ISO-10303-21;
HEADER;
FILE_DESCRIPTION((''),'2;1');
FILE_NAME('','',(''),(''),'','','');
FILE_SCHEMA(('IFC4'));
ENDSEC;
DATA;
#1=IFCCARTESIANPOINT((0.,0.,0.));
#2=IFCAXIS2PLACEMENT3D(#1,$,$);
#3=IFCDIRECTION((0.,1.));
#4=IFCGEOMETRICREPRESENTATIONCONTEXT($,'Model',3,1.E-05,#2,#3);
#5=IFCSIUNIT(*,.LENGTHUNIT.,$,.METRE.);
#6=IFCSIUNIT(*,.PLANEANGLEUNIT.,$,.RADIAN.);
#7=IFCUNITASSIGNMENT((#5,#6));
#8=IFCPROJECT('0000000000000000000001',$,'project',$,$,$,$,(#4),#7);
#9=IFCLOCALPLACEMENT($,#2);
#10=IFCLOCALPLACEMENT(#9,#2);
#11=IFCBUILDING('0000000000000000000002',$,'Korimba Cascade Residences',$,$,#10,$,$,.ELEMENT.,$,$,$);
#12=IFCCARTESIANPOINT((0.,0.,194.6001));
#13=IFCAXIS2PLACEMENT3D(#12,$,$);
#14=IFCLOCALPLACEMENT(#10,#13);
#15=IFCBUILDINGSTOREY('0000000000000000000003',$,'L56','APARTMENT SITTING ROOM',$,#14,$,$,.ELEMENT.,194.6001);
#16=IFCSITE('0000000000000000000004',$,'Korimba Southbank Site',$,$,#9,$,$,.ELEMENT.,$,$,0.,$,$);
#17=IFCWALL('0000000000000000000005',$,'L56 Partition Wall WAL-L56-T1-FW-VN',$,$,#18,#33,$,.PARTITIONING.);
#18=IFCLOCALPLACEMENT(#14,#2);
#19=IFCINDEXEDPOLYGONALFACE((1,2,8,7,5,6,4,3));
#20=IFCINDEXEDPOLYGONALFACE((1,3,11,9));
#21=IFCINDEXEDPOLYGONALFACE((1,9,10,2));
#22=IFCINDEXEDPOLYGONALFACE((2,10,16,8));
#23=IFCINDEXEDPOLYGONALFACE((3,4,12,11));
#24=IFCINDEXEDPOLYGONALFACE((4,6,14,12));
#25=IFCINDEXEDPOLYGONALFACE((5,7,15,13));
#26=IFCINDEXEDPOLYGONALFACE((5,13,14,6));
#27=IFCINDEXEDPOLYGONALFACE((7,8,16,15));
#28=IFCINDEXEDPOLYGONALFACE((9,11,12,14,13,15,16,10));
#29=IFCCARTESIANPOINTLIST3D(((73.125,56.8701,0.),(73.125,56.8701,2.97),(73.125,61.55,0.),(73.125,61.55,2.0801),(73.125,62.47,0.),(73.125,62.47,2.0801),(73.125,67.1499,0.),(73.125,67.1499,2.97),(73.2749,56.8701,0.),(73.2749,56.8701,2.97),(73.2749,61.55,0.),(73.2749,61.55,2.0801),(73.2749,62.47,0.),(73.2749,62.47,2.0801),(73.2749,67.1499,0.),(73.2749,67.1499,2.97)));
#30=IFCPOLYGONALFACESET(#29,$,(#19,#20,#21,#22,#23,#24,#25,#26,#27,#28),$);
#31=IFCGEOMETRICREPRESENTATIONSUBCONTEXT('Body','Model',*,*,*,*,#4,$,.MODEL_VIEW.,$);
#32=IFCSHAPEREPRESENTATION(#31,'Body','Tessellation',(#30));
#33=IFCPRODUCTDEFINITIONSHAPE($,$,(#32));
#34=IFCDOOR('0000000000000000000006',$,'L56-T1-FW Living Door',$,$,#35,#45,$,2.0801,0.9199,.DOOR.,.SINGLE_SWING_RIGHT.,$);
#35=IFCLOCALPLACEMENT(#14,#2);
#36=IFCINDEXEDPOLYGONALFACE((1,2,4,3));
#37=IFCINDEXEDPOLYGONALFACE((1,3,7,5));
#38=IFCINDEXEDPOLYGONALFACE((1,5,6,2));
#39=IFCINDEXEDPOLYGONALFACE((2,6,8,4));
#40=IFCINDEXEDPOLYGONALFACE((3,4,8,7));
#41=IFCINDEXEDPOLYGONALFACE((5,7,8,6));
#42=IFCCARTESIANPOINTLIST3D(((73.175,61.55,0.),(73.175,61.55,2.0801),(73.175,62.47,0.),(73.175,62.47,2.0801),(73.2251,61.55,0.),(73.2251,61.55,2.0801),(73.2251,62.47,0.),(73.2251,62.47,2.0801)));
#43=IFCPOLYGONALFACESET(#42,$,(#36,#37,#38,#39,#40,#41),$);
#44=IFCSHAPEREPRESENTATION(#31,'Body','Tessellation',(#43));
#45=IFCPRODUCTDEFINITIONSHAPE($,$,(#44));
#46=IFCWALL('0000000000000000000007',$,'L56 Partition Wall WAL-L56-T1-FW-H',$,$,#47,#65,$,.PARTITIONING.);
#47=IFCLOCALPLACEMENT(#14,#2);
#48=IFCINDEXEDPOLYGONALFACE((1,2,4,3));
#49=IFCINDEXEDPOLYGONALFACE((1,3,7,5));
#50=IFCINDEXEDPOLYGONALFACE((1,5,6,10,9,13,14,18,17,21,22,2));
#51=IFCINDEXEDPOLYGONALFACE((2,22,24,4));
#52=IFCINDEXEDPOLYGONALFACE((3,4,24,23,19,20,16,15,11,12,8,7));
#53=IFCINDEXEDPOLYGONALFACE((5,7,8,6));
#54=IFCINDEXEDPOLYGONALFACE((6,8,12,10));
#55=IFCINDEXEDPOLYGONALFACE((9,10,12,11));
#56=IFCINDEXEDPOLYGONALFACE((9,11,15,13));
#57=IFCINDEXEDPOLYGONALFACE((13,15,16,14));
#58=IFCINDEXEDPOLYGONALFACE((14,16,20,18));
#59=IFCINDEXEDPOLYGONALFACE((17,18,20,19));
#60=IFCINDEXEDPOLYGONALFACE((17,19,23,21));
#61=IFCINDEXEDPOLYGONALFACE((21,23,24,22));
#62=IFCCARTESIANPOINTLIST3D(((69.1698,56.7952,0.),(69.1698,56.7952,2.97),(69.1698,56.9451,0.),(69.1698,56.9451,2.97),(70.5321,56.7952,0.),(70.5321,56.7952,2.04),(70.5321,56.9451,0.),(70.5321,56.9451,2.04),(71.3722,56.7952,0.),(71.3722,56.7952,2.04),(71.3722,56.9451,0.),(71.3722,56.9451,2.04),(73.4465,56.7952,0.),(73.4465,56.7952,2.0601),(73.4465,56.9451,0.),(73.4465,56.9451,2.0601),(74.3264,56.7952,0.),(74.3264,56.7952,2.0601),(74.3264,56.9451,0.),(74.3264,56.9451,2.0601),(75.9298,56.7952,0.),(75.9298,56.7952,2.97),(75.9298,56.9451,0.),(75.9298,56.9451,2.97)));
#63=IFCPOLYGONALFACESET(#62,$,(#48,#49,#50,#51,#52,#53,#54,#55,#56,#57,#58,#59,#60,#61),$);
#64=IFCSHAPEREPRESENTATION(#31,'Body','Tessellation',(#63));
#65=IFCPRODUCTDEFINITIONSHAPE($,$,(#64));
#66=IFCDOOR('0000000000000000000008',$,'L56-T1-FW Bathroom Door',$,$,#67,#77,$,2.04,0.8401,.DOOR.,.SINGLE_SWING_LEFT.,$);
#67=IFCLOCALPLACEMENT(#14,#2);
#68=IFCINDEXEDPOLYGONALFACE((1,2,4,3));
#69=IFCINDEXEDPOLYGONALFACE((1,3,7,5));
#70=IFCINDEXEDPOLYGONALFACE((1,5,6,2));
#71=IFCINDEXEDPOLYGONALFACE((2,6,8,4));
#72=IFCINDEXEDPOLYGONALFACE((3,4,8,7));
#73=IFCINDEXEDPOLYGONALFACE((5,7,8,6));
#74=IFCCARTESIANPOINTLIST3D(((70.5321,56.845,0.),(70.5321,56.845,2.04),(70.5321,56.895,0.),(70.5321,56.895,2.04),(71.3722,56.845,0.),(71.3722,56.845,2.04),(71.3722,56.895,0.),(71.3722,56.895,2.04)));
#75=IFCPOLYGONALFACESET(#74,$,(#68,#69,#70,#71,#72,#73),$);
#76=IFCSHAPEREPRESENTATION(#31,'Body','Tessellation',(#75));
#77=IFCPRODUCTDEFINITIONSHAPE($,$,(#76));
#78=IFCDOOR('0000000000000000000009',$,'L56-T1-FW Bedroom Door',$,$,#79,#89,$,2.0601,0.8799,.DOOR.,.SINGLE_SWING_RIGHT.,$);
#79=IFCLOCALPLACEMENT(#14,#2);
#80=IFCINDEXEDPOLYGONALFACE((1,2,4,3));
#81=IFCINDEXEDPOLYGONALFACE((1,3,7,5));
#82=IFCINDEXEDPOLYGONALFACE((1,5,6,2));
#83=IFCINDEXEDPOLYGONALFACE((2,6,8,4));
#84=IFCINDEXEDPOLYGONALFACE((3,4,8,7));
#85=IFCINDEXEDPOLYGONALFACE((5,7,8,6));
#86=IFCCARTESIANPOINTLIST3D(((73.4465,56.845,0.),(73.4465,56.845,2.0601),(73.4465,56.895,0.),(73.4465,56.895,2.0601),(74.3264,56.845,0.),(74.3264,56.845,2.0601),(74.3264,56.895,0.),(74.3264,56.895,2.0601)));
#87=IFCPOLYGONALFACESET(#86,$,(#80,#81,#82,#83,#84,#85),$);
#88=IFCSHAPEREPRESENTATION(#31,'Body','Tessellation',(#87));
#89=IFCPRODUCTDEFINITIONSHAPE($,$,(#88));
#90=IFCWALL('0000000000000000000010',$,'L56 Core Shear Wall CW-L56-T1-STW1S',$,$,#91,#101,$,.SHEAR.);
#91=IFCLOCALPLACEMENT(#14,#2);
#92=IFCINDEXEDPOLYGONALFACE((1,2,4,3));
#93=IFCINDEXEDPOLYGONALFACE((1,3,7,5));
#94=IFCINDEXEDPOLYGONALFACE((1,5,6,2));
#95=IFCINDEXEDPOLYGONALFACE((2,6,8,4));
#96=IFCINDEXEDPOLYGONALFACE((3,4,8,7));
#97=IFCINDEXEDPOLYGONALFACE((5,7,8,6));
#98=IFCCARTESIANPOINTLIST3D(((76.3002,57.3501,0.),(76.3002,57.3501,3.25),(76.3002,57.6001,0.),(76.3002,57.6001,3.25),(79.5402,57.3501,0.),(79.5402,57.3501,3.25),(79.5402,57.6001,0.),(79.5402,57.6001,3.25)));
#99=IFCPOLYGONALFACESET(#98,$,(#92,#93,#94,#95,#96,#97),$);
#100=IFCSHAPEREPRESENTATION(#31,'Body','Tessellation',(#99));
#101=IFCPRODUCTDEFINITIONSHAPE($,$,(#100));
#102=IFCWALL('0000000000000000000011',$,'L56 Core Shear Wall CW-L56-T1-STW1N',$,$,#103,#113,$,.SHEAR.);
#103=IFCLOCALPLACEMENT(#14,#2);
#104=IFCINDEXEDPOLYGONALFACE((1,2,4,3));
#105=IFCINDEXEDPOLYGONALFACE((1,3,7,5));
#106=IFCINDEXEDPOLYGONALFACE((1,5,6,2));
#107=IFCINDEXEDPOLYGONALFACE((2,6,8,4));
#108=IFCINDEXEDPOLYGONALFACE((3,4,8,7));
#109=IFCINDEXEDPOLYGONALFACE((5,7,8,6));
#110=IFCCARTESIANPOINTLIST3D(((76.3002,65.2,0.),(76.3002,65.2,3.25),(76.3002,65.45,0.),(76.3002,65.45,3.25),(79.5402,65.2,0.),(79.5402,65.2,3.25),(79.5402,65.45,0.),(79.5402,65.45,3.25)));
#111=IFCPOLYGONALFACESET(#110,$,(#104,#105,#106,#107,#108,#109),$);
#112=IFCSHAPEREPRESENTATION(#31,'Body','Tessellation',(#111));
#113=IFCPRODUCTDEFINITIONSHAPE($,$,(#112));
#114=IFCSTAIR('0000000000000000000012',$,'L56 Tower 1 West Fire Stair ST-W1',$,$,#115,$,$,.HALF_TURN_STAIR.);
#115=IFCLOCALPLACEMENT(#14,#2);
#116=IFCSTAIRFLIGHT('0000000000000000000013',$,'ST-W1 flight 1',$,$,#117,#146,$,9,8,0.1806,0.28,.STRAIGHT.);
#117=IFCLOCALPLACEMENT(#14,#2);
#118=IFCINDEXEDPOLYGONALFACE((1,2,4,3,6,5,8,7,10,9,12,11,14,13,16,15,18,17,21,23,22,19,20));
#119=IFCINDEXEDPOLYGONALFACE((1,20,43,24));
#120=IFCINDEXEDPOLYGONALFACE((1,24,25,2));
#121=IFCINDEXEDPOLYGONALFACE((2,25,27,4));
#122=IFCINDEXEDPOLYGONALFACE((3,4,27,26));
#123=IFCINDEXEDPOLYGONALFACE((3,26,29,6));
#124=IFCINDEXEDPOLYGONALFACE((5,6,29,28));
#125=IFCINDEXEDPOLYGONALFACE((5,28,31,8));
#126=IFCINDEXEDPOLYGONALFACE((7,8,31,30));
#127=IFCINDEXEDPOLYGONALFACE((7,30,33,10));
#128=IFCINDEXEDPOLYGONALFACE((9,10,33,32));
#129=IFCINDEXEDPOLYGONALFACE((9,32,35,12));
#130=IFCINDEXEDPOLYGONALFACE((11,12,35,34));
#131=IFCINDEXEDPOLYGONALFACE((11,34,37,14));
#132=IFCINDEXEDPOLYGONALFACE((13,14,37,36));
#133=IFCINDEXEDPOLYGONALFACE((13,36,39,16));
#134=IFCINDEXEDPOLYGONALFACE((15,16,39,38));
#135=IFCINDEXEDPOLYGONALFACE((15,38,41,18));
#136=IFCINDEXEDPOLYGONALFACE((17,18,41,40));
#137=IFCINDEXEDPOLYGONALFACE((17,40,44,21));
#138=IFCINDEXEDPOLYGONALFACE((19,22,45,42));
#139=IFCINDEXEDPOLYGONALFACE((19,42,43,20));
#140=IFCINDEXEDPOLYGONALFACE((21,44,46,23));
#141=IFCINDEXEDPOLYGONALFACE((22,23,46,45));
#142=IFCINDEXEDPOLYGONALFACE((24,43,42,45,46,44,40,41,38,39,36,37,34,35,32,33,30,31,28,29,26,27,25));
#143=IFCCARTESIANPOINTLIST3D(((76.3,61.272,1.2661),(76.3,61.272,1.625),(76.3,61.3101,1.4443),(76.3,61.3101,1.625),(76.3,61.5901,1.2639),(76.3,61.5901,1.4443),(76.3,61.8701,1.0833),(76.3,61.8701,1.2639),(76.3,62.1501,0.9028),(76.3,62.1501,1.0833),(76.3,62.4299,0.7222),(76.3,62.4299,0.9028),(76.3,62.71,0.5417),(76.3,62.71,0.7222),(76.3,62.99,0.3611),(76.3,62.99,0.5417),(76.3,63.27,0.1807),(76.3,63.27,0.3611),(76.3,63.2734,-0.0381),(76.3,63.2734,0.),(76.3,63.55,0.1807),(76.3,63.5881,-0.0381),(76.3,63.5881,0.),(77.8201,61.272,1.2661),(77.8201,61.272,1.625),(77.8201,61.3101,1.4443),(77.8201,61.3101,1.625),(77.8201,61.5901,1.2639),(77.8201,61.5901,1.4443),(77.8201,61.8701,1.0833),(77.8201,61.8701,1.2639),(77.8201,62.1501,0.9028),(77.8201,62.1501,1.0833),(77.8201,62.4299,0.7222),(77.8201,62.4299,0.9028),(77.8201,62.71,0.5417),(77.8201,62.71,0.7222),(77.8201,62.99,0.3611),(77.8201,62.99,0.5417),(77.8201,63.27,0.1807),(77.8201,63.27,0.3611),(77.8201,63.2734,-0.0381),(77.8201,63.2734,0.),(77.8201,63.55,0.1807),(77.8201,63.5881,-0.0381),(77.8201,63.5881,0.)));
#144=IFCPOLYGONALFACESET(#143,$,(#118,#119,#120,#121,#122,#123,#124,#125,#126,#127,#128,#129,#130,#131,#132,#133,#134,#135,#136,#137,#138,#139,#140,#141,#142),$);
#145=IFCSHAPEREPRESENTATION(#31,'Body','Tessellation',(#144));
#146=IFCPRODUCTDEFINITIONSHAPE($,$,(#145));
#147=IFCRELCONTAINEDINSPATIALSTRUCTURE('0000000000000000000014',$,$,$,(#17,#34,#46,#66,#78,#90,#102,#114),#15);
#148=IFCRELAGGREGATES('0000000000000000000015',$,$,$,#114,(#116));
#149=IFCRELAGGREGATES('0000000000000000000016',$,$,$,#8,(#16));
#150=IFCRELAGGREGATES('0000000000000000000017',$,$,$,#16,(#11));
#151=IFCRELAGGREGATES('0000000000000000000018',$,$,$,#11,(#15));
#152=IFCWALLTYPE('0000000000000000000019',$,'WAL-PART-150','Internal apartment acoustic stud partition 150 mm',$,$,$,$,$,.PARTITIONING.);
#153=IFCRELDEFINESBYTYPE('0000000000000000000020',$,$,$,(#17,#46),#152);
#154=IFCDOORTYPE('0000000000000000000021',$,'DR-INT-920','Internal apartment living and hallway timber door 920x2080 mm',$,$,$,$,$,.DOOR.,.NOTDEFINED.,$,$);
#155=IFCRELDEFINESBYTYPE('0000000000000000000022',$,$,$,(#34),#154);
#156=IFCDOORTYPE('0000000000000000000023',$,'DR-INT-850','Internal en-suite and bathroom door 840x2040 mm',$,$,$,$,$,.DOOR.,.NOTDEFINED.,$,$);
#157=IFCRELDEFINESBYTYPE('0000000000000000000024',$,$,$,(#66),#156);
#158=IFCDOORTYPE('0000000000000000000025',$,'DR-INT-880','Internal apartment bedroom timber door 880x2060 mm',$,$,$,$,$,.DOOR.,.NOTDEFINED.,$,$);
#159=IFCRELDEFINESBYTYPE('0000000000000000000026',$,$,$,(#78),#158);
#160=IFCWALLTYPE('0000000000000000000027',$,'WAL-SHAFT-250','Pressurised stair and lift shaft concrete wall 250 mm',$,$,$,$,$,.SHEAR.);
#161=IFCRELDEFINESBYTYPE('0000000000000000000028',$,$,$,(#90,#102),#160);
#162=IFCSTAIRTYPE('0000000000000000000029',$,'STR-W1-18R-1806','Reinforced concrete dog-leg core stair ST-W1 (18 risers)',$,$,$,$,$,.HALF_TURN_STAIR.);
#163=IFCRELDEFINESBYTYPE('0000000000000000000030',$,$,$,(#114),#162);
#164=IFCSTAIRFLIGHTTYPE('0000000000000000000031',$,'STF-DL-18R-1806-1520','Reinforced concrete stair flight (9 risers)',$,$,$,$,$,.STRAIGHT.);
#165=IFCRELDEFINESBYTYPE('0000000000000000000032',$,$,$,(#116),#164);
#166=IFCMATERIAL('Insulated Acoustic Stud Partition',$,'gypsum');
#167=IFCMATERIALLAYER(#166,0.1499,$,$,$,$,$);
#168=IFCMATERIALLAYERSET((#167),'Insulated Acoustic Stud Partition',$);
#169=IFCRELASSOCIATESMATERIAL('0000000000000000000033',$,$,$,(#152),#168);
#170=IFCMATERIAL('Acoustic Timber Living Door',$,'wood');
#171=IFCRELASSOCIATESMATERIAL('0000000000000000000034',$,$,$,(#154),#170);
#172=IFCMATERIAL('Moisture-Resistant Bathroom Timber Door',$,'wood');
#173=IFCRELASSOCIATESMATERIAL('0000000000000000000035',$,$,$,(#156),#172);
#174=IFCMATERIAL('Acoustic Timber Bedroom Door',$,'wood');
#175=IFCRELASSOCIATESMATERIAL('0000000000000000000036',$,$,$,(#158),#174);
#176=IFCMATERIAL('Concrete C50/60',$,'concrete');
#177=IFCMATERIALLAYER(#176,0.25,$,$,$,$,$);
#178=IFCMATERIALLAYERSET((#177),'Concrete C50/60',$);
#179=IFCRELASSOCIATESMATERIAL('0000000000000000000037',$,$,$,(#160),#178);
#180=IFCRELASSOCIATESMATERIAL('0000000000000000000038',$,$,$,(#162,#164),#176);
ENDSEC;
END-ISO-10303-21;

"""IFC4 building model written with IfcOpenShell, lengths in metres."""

from ifc_helpers import new_model, si_unit, direction, frame, frame_2d, origin, place, context, subcontext, project, spatial, polyline, rectangle, outline, extrude, material, layer, layer_set, type_object, element, fill, aggregate, save


model = new_model("IFC4")

# Units and contexts
model_context = context("Model", 3, precision=1e-05, world=origin(), true_north=direction((0.0, 1.0)))
body_context = subcontext(model_context, "Body", "Model", "MODEL_VIEW")
ifc_project = project(units=[si_unit("LENGTHUNIT", "METRE"), si_unit("PLANEANGLEUNIT", "RADIAN")], contexts=[model_context])

# Site, building, storey
site_placement = place(None, origin())
site = spatial("IfcSite", under=ifc_project, at=site_placement, Name="Korimba Southbank Site", CompositionType="ELEMENT", RefElevation=0.0)
building_placement = place(site_placement, origin())
building = spatial("IfcBuilding", under=site, at=building_placement, Name="Korimba Cascade Residences", CompositionType="ELEMENT")
storey_placement = place(building_placement, frame((0.0, 0.0, 194.6001)))
storey = spatial("IfcBuildingStorey", under=building, at=storey_placement, Name="L56", Description="APARTMENT SITTING ROOM", CompositionType="ELEMENT", Elevation=194.6001)

# Wall, opening, door
ifc_material_1 = material(Name="Insulated Acoustic Stud Partition", Category="gypsum")
ifc_layer_1 = layer(ifc_material_1, 0.1499)
ifc_layer_set_1 = layer_set([ifc_layer_1], Name="Insulated Acoustic Stud Partition")
wall_type_1 = type_object("IfcWallType", Name="WAL-PART-150", Description="Internal apartment acoustic stud partition 150 mm", PredefinedType="PARTITIONING", material=ifc_layer_set_1)
wall_1_placement = place(storey_placement, frame((73.2, 56.8701, 0.0), z_axis=(0.0, 0.0, 1.0), x_axis=(0.0, 1.0, 0.0)))
wall_1 = element("IfcWall", 1, at=wall_1_placement, inside=storey, type_object=wall_type_1, Name="L56 Partition Wall WAL-L56-T1-FW-VN", PredefinedType="PARTITIONING", context=body_context, shape_type="SweptSolid", body=[
    extrude(rectangle(XDim=10.2798, YDim=0.1499, at=frame_2d((5.1399, 0.0))), origin(), (0.0, 0.0, 1.0), 2.97),
])
opening_1_placement = place(wall_1_placement, frame((4.6799, 0.0, 0.0)))
opening_1 = element("IfcOpeningElement", 2, at=opening_1_placement, cuts=wall_1, PredefinedType="OPENING", context=body_context, shape_type="SweptSolid", body=[
    extrude(rectangle(XDim=0.9199, YDim=2.0801, at=frame_2d((0.46, 1.04))), frame((0.0, 0.085, 0.0), z_axis=(0.0, -1.0, 0.0), x_axis=(1.0, 0.0, 0.0)), (0.0, 0.0, 1.0), 0.1699),
])
ifc_material_2 = material(Name="Acoustic Timber Living Door", Category="wood")
door_type_1 = type_object("IfcDoorType", Name="DR-INT-920", Description="Internal apartment living and hallway timber door 920x2080 mm", OperationType="NOTDEFINED", PredefinedType="DOOR", material=ifc_material_2)
door_1_placement = place(opening_1_placement, origin())
door_1 = element("IfcDoor", 3, at=door_1_placement, inside=storey, type_object=door_type_1, Name="L56-T1-FW Living Door", OperationType="SINGLE_SWING_RIGHT", OverallHeight=2.0801, OverallWidth=0.9199, PredefinedType="DOOR", context=body_context, shape_type="SweptSolid", body=[
    extrude(rectangle(XDim=0.9199, YDim=2.0801, at=frame_2d((0.46, 1.04))), frame((0.0, 0.0249, 0.0), z_axis=(0.0, -1.0, 0.0), x_axis=(1.0, 0.0, 0.0)), (0.0, 0.0, 1.0), 0.05),
])
fill(opening_1, door_1)

# Wall, openings, doors
wall_2_placement = place(storey_placement, frame((69.1699, 56.8701, 0.0), z_axis=(0.0, 0.0, 1.0), x_axis=(1.0, 0.0, 0.0)))
wall_2 = element("IfcWall", 4, at=wall_2_placement, inside=storey, type_object=wall_type_1, Name="L56 Partition Wall WAL-L56-T1-FW-H", PredefinedType="PARTITIONING", context=body_context, shape_type="SweptSolid", body=[
    extrude(rectangle(XDim=6.76, YDim=0.1499, at=frame_2d((3.3799, 0.0))), origin(), (0.0, 0.0, 1.0), 2.97),
])
opening_2_placement = place(wall_2_placement, frame((1.3623, 0.0, 0.0)))
opening_2 = element("IfcOpeningElement", 5, at=opening_2_placement, cuts=wall_2, PredefinedType="OPENING", context=body_context, shape_type="SweptSolid", body=[
    extrude(rectangle(XDim=0.8401, YDim=2.04, at=frame_2d((0.4199, 1.02))), frame((0.0, 0.085, 0.0), z_axis=(0.0, -1.0, 0.0), x_axis=(1.0, 0.0, 0.0)), (0.0, 0.0, 1.0), 0.1699),
])
opening_3_placement = place(wall_2_placement, frame((4.2766, 0.0, 0.0)))
opening_3 = element("IfcOpeningElement", 6, at=opening_3_placement, cuts=wall_2, PredefinedType="OPENING", context=body_context, shape_type="SweptSolid", body=[
    extrude(rectangle(XDim=0.8799, YDim=2.0601, at=frame_2d((0.4399, 1.03))), frame((0.0, 0.085, 0.0), z_axis=(0.0, -1.0, 0.0), x_axis=(1.0, 0.0, 0.0)), (0.0, 0.0, 1.0), 0.1699),
])
ifc_material_3 = material(Name="Moisture-Resistant Bathroom Timber Door", Category="wood")
door_type_2 = type_object("IfcDoorType", Name="DR-INT-850", Description="Internal en-suite and bathroom door 840x2040 mm", OperationType="NOTDEFINED", PredefinedType="DOOR", material=ifc_material_3)
door_2_placement = place(opening_2_placement, origin())
door_2 = element("IfcDoor", 7, at=door_2_placement, inside=storey, type_object=door_type_2, Name="L56-T1-FW Bathroom Door", OperationType="SINGLE_SWING_LEFT", OverallHeight=2.04, OverallWidth=0.8401, PredefinedType="DOOR", context=body_context, shape_type="SweptSolid", body=[
    extrude(rectangle(XDim=0.8401, YDim=2.04, at=frame_2d((0.4199, 1.02))), frame((0.0, 0.0249, 0.0), z_axis=(0.0, -1.0, 0.0), x_axis=(1.0, 0.0, 0.0)), (0.0, 0.0, 1.0), 0.05),
])
fill(opening_2, door_2)
ifc_material_4 = material(Name="Acoustic Timber Bedroom Door", Category="wood")
door_type_3 = type_object("IfcDoorType", Name="DR-INT-880", Description="Internal apartment bedroom timber door 880x2060 mm", OperationType="NOTDEFINED", PredefinedType="DOOR", material=ifc_material_4)
door_3_placement = place(opening_3_placement, origin())
door_3 = element("IfcDoor", 8, at=door_3_placement, inside=storey, type_object=door_type_3, Name="L56-T1-FW Bedroom Door", OperationType="SINGLE_SWING_RIGHT", OverallHeight=2.0601, OverallWidth=0.8799, PredefinedType="DOOR", context=body_context, shape_type="SweptSolid", body=[
    extrude(rectangle(XDim=0.8799, YDim=2.0601, at=frame_2d((0.4399, 1.03))), frame((0.0, 0.0249, 0.0), z_axis=(0.0, -1.0, 0.0), x_axis=(1.0, 0.0, 0.0)), (0.0, 0.0, 1.0), 0.05),
])
fill(opening_3, door_3)

# Walls
ifc_material_5 = material(Name="Concrete C50/60", Category="concrete")
ifc_layer_2 = layer(ifc_material_5, 0.25)
ifc_layer_set_2 = layer_set([ifc_layer_2], Name="Concrete C50/60")
wall_type_2 = type_object("IfcWallType", Name="WAL-SHAFT-250", Description="Pressurised stair and lift shaft concrete wall 250 mm", PredefinedType="SHEAR", material=ifc_layer_set_2)
for number, where, z_axis, x_axis, name in (
    (9, (76.3, 57.4751, 0.0), (0.0, 0.0, 1.0), (1.0, 0.0, 0.0), "L56 Core Shear Wall CW-L56-T1-STW1S"),
    (10, (76.3, 65.325, 0.0), (0.0, 0.0, 1.0), (1.0, 0.0, 0.0), "L56 Core Shear Wall CW-L56-T1-STW1N"),
):
    element("IfcWall", number, at=place(storey_placement, frame(where, z_axis=z_axis, x_axis=x_axis)), inside=storey, type_object=wall_type_2, Name=name, PredefinedType="SHEAR", context=body_context, shape_type="SweptSolid", body=[
        extrude(rectangle(XDim=3.24, YDim=0.25, at=frame_2d((1.6201, 0.0))), origin(), (0.0, 0.0, 1.0), 3.25),
    ])

# Stair, stair flight
stair_type = type_object("IfcStairType", Name="STR-W1-18R-1806", Description="Reinforced concrete dog-leg core stair ST-W1 (18 risers)", PredefinedType="HALF_TURN_STAIR", material=ifc_material_5)
stair_placement = place(storey_placement, origin())
stair = element("IfcStair", 11, at=stair_placement, inside=storey, type_object=stair_type, Name="L56 Tower 1 West Fire Stair ST-W1", PredefinedType="HALF_TURN_STAIR")
stair_flight_type = type_object("IfcStairFlightType", Name="STF-DL-18R-1806-1520", Description="Reinforced concrete stair flight (9 risers)", PredefinedType="STRAIGHT", material=ifc_material_5)
stair_flight_placement = place(storey_placement, frame((77.0601, 63.55, 0.0), z_axis=(0.0, 0.0, 1.0), x_axis=(0.0, -1.0, 0.0)))
stair_flight = element("IfcStairFlight", 12, at=stair_flight_placement, type_object=stair_flight_type, Name="ST-W1 flight 1", NumberOfRisers=9, NumberOfTreads=8, PredefinedType="STRAIGHT", RiserHeight=0.1806, TreadLength=0.28, context=body_context, shape_type="SweptSolid", body=[
    extrude(outline(polyline([(-0.0381, 0.0), (0.0, 0.1807), (0.28, 0.1807), (0.28, 0.3611), (0.5601, 0.3611), (0.5601, 0.5417), (0.8401, 0.5417), (0.8401, 0.7222), (1.1201, 0.7222), (1.1201, 0.9028), (1.3999, 0.9028), (1.3999, 1.0833), (1.6799, 1.0833), (1.6799, 1.2639), (1.96, 1.2639), (1.96, 1.4443), (2.24, 1.4443), (2.24, 1.625), (2.2781, 1.625), (2.2781, 1.2661), (0.2766, 0.0), (0.2766, -0.0381), (-0.0381, -0.0381), (-0.0381, 0.0)])), frame((0.0, 0.76, 0.0), z_axis=(0.0, -1.0, 0.0), x_axis=(1.0, 0.0, 0.0)), (0.0, 0.0, 1.0), 1.52),
])
aggregate(stair, [stair_flight])

save(model, "model.ifc")
